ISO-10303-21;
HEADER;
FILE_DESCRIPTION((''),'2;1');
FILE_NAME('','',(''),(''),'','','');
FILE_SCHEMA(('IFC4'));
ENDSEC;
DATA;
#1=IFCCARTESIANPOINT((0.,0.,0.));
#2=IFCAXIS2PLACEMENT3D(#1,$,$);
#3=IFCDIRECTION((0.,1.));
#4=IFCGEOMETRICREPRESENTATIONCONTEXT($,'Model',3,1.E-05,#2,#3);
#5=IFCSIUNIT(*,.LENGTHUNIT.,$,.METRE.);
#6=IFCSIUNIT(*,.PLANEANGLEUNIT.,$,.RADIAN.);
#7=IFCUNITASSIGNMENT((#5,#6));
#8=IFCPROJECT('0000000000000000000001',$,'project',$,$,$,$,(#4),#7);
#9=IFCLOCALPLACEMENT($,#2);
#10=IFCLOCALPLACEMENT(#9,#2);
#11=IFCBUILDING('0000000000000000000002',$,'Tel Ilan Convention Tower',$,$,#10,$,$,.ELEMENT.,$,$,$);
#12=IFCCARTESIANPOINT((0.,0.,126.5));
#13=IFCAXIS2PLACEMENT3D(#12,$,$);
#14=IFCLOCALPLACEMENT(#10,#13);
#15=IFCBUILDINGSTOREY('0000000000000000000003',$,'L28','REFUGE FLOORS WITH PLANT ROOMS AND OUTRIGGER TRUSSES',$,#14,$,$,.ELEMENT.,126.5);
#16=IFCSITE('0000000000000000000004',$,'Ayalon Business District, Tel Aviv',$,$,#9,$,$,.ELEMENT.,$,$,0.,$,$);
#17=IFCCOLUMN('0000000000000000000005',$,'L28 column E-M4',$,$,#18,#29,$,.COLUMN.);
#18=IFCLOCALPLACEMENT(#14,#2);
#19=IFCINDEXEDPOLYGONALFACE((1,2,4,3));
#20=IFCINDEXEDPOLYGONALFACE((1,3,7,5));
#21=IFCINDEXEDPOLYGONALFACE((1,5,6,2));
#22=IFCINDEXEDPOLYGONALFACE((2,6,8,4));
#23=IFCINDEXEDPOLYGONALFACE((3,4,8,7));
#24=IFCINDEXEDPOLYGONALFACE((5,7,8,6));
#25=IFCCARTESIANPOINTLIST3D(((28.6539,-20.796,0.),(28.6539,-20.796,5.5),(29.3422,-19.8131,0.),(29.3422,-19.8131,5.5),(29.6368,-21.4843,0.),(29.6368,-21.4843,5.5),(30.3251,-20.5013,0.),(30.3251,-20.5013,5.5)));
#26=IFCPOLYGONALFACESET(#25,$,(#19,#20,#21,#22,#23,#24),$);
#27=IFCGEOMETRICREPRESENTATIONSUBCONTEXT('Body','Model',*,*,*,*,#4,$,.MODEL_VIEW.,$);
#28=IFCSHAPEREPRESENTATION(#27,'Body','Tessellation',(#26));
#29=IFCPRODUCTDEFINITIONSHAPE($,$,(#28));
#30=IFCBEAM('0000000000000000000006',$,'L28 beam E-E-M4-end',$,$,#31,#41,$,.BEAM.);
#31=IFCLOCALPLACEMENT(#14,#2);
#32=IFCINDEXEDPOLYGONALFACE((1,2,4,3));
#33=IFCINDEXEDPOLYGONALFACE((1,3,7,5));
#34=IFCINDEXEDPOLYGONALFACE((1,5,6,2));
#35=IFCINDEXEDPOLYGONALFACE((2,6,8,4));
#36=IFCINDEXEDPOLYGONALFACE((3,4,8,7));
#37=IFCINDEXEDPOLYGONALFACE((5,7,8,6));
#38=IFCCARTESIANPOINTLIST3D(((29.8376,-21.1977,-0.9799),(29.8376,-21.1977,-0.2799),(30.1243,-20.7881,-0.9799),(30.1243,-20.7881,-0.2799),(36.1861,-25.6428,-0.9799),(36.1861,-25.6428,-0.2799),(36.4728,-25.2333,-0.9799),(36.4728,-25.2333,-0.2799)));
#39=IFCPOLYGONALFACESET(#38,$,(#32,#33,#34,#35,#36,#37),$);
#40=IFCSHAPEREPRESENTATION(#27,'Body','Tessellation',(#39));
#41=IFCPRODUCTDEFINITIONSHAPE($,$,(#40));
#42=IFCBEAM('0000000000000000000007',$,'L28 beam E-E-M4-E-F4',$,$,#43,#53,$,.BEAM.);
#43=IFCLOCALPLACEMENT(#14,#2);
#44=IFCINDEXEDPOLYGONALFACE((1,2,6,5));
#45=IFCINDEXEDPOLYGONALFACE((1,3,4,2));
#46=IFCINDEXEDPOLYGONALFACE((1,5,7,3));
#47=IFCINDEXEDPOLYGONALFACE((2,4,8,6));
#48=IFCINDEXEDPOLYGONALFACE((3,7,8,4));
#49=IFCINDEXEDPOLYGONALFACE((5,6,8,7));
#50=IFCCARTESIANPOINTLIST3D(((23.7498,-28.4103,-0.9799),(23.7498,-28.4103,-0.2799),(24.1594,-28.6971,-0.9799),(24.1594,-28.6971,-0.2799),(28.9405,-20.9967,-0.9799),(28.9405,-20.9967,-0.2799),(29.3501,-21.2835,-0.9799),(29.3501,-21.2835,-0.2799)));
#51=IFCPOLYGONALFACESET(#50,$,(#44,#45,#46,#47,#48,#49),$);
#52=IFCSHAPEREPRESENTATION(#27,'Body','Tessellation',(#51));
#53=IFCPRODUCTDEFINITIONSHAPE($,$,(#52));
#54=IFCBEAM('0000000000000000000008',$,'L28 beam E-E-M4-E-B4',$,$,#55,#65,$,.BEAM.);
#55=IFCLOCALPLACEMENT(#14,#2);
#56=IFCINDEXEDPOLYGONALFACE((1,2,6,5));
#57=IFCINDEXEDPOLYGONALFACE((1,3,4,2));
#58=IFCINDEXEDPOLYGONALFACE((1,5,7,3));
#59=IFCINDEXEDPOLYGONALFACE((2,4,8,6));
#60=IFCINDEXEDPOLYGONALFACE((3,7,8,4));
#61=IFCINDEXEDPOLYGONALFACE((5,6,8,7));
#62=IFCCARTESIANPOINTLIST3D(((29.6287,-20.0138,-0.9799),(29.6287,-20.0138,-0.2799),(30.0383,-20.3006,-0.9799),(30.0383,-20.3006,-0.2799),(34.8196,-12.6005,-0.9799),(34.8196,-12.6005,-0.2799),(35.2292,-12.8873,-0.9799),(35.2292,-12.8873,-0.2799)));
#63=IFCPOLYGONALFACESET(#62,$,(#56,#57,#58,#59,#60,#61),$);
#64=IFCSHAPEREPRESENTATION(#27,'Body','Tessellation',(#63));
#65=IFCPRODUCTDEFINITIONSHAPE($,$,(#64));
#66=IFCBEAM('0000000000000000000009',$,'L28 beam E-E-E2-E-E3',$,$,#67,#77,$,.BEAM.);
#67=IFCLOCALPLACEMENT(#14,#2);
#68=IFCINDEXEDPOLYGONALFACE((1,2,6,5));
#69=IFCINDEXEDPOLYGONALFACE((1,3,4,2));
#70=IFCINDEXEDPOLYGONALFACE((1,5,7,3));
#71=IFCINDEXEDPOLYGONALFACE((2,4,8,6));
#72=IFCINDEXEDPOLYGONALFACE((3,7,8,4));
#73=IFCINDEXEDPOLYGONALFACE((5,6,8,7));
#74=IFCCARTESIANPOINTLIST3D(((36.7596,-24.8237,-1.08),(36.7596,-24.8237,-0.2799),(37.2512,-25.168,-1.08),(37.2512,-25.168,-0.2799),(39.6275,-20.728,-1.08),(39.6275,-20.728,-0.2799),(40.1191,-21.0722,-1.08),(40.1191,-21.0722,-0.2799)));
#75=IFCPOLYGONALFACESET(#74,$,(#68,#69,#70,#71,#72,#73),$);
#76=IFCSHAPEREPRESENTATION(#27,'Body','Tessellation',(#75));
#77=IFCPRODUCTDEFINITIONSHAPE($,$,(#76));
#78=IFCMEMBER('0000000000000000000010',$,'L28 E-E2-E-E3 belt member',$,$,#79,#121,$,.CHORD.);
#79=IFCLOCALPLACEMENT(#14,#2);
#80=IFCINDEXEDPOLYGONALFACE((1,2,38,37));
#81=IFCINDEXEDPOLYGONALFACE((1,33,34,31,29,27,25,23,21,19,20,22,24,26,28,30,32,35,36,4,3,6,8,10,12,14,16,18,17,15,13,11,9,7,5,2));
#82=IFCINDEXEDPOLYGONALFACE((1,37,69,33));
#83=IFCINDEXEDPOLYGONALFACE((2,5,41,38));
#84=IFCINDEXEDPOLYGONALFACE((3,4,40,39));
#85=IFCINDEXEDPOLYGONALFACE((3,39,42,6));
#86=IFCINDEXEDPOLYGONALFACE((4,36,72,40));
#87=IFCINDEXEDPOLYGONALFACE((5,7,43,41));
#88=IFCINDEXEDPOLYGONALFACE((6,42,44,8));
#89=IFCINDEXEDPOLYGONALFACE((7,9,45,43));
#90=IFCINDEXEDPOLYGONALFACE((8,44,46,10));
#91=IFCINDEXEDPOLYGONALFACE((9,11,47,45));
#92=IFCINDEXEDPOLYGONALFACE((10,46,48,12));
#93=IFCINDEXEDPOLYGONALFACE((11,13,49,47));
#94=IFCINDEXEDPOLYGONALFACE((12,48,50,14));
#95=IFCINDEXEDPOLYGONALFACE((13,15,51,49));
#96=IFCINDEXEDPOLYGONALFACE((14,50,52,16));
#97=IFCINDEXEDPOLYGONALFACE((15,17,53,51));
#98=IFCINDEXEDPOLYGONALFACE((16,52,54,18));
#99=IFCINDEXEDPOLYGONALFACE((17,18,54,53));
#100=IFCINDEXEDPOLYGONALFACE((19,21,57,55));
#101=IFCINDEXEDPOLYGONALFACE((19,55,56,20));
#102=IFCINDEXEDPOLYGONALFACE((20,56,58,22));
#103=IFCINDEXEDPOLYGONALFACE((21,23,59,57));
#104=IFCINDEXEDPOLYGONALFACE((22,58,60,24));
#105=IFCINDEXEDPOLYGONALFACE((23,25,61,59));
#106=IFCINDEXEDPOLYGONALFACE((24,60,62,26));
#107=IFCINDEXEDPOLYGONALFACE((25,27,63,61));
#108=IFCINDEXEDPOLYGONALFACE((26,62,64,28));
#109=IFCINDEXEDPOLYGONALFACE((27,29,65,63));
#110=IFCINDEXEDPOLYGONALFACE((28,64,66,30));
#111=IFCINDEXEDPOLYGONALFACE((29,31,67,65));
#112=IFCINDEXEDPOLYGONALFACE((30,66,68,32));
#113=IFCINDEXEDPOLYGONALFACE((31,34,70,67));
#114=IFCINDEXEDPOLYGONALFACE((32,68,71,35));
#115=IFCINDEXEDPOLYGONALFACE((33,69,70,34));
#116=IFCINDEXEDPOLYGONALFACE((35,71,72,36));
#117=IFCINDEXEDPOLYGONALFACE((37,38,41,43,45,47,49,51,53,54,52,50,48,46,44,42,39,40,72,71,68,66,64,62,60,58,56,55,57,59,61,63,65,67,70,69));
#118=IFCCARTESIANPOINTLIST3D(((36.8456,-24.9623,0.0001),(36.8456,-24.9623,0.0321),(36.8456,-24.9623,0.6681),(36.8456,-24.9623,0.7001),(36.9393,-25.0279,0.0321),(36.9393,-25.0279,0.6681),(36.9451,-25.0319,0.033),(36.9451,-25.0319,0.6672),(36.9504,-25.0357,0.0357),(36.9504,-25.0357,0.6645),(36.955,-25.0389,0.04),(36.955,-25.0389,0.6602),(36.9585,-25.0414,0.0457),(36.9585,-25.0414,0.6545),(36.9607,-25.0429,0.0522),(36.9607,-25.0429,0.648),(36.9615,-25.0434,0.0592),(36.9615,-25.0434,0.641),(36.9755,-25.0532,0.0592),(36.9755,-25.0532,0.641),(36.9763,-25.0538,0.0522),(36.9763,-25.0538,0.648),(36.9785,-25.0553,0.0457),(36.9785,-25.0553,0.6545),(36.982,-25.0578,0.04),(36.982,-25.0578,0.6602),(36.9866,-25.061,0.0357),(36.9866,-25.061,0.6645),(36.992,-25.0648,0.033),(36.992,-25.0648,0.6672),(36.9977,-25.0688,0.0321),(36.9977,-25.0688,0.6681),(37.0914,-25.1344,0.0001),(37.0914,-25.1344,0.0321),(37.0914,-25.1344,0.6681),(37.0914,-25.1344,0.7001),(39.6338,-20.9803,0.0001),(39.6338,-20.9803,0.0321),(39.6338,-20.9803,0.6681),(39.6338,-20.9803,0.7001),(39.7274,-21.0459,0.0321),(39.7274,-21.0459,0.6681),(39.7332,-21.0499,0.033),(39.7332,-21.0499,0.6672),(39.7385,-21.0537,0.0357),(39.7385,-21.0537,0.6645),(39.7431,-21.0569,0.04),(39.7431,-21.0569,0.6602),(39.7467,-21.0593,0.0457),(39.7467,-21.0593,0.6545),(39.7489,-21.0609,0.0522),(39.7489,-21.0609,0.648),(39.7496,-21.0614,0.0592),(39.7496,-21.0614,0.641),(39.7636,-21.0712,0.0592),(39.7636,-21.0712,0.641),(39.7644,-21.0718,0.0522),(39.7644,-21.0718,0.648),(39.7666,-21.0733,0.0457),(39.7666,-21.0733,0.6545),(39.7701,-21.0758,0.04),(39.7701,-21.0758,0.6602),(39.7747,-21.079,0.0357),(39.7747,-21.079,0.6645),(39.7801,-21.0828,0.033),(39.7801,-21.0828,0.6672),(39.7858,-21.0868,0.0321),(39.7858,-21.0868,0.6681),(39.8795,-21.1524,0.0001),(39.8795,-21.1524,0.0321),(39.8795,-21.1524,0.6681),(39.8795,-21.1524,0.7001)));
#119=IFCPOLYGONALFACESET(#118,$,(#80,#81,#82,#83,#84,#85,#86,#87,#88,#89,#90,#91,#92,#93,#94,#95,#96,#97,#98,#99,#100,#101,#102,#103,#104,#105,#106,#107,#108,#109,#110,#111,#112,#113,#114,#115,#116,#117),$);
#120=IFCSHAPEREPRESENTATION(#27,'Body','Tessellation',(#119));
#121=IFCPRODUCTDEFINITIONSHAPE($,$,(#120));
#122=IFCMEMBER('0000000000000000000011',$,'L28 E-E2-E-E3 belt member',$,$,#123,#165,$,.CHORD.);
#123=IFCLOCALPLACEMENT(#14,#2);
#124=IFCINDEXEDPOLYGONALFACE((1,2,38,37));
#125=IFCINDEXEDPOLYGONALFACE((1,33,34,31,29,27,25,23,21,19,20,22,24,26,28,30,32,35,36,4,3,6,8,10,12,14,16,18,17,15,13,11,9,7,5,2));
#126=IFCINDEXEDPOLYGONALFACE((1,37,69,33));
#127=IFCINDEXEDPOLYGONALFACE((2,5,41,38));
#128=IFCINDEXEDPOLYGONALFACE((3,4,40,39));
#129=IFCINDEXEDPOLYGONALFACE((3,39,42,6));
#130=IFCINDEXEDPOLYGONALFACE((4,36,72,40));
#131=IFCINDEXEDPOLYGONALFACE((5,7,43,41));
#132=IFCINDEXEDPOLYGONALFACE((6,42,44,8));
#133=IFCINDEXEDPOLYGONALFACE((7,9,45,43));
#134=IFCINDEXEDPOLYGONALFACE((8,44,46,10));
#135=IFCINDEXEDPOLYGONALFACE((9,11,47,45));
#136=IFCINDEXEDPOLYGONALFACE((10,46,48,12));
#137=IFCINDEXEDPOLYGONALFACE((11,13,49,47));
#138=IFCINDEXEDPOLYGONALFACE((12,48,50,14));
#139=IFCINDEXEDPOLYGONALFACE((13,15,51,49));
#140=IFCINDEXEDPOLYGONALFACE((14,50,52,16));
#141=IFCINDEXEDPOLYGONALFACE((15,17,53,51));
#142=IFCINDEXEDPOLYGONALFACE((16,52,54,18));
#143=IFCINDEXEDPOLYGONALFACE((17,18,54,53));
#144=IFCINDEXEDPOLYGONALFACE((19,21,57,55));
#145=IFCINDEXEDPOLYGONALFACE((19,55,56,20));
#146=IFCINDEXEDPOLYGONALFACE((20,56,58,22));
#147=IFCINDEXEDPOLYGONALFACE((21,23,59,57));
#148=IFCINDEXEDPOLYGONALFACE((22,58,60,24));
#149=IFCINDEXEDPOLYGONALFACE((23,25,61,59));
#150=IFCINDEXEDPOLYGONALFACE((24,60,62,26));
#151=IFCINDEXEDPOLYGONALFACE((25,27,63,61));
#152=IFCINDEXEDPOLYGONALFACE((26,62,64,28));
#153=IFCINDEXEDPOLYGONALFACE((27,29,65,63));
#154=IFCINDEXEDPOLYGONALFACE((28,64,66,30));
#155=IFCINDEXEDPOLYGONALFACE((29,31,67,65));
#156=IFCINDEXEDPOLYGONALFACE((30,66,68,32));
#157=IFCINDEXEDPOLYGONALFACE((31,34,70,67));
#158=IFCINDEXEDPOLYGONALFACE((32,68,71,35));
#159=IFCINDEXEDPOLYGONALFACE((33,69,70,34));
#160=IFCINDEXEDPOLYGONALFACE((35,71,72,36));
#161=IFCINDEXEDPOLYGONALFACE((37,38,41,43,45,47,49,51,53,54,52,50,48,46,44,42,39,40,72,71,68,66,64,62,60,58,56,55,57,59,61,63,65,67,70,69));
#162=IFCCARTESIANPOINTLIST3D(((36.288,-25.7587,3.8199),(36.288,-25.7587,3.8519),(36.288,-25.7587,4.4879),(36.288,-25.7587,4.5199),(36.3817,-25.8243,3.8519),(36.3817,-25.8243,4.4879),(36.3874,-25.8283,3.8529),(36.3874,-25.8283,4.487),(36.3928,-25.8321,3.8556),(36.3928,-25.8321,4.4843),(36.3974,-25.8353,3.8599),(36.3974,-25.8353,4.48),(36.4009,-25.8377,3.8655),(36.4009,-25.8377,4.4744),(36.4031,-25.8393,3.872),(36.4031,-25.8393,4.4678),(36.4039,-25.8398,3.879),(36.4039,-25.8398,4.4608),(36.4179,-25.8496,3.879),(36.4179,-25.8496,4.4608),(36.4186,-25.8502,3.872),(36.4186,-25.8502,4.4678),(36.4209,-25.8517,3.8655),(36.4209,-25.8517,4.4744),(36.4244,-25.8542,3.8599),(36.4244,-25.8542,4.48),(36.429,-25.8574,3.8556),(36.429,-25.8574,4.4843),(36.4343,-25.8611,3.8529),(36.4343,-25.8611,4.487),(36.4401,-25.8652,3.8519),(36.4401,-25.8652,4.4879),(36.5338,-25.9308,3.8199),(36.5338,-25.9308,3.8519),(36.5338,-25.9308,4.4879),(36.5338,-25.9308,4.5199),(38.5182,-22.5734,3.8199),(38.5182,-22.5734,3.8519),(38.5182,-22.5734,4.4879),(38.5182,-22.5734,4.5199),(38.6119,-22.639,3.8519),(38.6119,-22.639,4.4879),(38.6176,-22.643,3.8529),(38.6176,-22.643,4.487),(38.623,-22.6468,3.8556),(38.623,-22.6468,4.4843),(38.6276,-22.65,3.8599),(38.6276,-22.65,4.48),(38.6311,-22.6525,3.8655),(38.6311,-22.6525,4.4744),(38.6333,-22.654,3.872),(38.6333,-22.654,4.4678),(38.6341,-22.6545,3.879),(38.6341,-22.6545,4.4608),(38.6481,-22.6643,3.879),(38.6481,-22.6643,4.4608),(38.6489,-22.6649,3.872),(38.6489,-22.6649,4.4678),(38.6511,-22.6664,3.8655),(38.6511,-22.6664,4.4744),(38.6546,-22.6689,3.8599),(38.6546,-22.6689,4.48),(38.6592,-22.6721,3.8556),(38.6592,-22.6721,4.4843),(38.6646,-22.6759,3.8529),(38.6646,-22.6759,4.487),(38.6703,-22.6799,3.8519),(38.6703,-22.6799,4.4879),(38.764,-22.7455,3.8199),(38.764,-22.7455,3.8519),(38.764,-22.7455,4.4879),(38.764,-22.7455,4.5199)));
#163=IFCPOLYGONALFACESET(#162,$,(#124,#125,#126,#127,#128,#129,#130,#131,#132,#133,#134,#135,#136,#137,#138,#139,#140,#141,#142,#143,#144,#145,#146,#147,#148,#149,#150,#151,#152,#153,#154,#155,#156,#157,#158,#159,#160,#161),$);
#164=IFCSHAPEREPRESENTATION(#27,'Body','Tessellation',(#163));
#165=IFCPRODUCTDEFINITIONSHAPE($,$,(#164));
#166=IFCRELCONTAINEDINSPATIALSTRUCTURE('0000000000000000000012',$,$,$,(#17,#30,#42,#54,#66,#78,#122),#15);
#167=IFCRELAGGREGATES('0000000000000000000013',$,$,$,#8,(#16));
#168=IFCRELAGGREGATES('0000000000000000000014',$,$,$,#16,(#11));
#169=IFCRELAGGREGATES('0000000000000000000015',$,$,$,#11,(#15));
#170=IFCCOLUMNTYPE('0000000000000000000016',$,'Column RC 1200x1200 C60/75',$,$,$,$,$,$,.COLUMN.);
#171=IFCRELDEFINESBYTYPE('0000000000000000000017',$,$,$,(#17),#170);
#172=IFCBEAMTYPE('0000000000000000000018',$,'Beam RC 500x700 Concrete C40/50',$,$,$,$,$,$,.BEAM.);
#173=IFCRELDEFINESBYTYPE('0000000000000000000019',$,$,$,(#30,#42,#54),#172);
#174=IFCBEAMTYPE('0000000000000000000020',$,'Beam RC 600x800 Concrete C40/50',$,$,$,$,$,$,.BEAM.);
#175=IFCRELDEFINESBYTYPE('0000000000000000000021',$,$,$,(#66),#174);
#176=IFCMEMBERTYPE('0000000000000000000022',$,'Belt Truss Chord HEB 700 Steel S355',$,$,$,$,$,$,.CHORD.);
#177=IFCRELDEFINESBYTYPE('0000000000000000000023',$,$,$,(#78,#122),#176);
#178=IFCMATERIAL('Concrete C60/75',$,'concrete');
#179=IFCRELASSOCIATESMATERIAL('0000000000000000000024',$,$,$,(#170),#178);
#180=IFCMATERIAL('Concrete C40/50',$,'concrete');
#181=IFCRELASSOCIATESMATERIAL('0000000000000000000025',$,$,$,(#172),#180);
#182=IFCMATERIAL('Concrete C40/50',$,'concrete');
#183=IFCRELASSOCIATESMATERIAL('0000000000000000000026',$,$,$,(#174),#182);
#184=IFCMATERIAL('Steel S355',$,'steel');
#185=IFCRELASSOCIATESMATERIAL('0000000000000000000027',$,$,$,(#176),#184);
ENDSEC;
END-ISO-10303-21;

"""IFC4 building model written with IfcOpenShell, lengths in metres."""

from ifc_helpers import new_model, si_unit, direction, frame, origin, origin_2d, place, context, subcontext, project, spatial, rectangle, i_section, extrude, material, material_profile, profile_set, type_object, element, save


model = new_model("IFC4")

# Units and contexts
model_context = context("Model", 3, precision=1e-05, world=origin(), true_north=direction((0.0, 1.0)))
body_context = subcontext(model_context, "Body", "Model", "MODEL_VIEW")
ifc_project = project(units=[si_unit("LENGTHUNIT", "METRE"), si_unit("PLANEANGLEUNIT", "RADIAN")], contexts=[model_context])

# Site, building, storey
site_placement = place(None, origin())
site = spatial("IfcSite", under=ifc_project, at=site_placement, Name="Ayalon Business District, Tel Aviv", CompositionType="ELEMENT", RefElevation=0.0)
building_placement = place(site_placement, origin())
building = spatial("IfcBuilding", under=site, at=building_placement, Name="Tel Ilan Convention Tower", CompositionType="ELEMENT")
storey_placement = place(building_placement, frame((0.0, 0.0, 126.5)))
storey = spatial("IfcBuildingStorey", under=building, at=storey_placement, Name="L28", Description="REFUGE FLOORS WITH PLANT ROOMS AND OUTRIGGER TRUSSES", CompositionType="ELEMENT", Elevation=126.5)

# Column
ifc_material_1 = material(Name="Concrete C60/75", Category="concrete")
ifc_material_profile_1 = material_profile(ifc_material_1, rectangle(XDim=1.2, YDim=1.2, at=origin_2d()), Name="RC 1200x1200")
ifc_profile_set_1 = profile_set([ifc_material_profile_1], Name="Concrete C60/75")
column_type_1 = type_object("IfcColumnType", Name="Column RC 1200x1200 C60/75", PredefinedType="COLUMN", material=ifc_profile_set_1)
column_1_placement = place(storey_placement, frame((29.4895, -20.6487, 0.0), z_axis=(0.0, 0.0, 1.0), x_axis=(0.819152, -0.573576, 0.0)))
element("IfcColumn", 1, at=column_1_placement, inside=storey, type_object=column_type_1, Name="L28 column E-M4", PredefinedType="COLUMN", context=body_context, shape_type="SweptSolid", body=[
    extrude(rectangle(XDim=1.2, YDim=1.2, at=origin_2d()), origin(), (0.0, 0.0, 1.0), 5.5),
])

# Beams
ifc_material_2 = material(Name="Concrete C40/50", Category="concrete")
ifc_material_profile_2 = material_profile(ifc_material_2, rectangle(XDim=0.5, YDim=0.7, at=origin_2d()), Name="RC 500x700")
ifc_profile_set_2 = profile_set([ifc_material_profile_2], Name="Concrete C40/50")
beam_type_1 = type_object("IfcBeamType", Name="Beam RC 500x700 Concrete C40/50", PredefinedType="BEAM", material=ifc_profile_set_2)
beam_1_placement = place(storey_placement, frame((29.981, -20.9929, -0.6299), z_axis=(0.819159, -0.573566, 0.0), x_axis=(0.573566, 0.819159, 0.0)))
element("IfcBeam", 2, at=beam_1_placement, inside=storey, type_object=beam_type_1, Name="L28 beam E-E-M4-end", PredefinedType="BEAM", context=body_context, shape_type="SweptSolid", body=[
    extrude(rectangle(XDim=0.5, YDim=0.7, at=origin_2d()), origin(), (0.0, 0.0, 1.0), 7.75),
])
for number, where, z_axis, x_axis, name in (
    (3, (29.1453, -21.1401, -0.6299), (-0.573549, -0.819171, 0.0), (0.819171, -0.573549, 0.0), "L28 beam E-E-M4-E-F4"),
    (4, (29.8335, -20.1572, -0.6299), (0.57358, 0.81915, 0.0), (-0.81915, 0.57358, 0.0), "L28 beam E-E-M4-E-B4"),
):
    element("IfcBeam", number, at=place(storey_placement, frame(where, z_axis=z_axis, x_axis=x_axis)), inside=storey, type_object=beam_type_1, Name=name, PredefinedType="BEAM", context=body_context, shape_type="SweptSolid", body=[
        extrude(rectangle(XDim=0.5, YDim=0.7, at=origin_2d()), origin(), (0.0, 0.0, 1.0), 9.05),
    ])
ifc_material_3 = material(Name="Concrete C40/50", Category="concrete")
ifc_material_profile_3 = material_profile(ifc_material_3, rectangle(XDim=0.6001, YDim=0.8, at=origin_2d()), Name="RC 600x800")
ifc_profile_set_3 = profile_set([ifc_material_profile_3], Name="Concrete C40/50")
beam_type_2 = type_object("IfcBeamType", Name="Beam RC 600x800 Concrete C40/50", PredefinedType="BEAM", material=ifc_profile_set_3)
beam_2_placement = place(storey_placement, frame((37.0054, -24.9958, -0.6799), z_axis=(0.573587, 0.819145, 0.0), x_axis=(-0.819145, 0.573587, 0.0)))
element("IfcBeam", 5, at=beam_2_placement, inside=storey, type_object=beam_type_2, Name="L28 beam E-E-E2-E-E3", PredefinedType="BEAM", context=body_context, shape_type="SweptSolid", body=[
    extrude(rectangle(XDim=0.6001, YDim=0.8, at=origin_2d()), origin(), (0.0, 0.0, 1.0), 5.0),
])

# Members
ifc_material_4 = material(Name="Steel S355", Category="steel")
ifc_material_profile_4 = material_profile(ifc_material_4, i_section(OverallWidth=0.3, OverallDepth=0.7, WebThickness=0.0171, FlangeThickness=0.032, FilletRadius=0.0271, at=origin_2d()), Name="HEB 700")
ifc_profile_set_4 = profile_set([ifc_material_profile_4], Name="Steel S355")
member_type_1 = type_object("IfcMemberType", Name="Belt Truss Chord HEB 700 Steel S355", PredefinedType="CHORD", material=ifc_profile_set_4)
member_1_placement = place(storey_placement, frame((36.9685, -25.0483, 0.3501), z_axis=(0.573563, 0.819161, 0.0), x_axis=(-0.819161, 0.573563, 0.0)))
element("IfcMember", 6, at=member_1_placement, inside=storey, type_object=member_type_1, Name="L28 E-E2-E-E3 belt member", PredefinedType="CHORD", context=body_context, shape_type="SweptSolid", body=[
    extrude(i_section(OverallWidth=0.3, OverallDepth=0.7, WebThickness=0.0171, FlangeThickness=0.032, FilletRadius=0.0271, at=origin_2d()), origin(), (0.0, 0.0, 1.0), 4.8611),
])
member_2_placement = place(storey_placement, frame((36.4109, -25.8447, 4.1699), z_axis=(0.573551, 0.81917, 0.0), x_axis=(-0.81917, 0.573551, 0.0)))
element("IfcMember", 7, at=member_2_placement, inside=storey, type_object=member_type_1, Name="L28 E-E2-E-E3 belt member", PredefinedType="CHORD", context=body_context, shape_type="SweptSolid", body=[
    extrude(i_section(OverallWidth=0.3, OverallDepth=0.7, WebThickness=0.0171, FlangeThickness=0.032, FilletRadius=0.0271, at=origin_2d()), origin(), (0.0, 0.0, 1.0), 3.8884),
])

save(model, "model.ifc")
